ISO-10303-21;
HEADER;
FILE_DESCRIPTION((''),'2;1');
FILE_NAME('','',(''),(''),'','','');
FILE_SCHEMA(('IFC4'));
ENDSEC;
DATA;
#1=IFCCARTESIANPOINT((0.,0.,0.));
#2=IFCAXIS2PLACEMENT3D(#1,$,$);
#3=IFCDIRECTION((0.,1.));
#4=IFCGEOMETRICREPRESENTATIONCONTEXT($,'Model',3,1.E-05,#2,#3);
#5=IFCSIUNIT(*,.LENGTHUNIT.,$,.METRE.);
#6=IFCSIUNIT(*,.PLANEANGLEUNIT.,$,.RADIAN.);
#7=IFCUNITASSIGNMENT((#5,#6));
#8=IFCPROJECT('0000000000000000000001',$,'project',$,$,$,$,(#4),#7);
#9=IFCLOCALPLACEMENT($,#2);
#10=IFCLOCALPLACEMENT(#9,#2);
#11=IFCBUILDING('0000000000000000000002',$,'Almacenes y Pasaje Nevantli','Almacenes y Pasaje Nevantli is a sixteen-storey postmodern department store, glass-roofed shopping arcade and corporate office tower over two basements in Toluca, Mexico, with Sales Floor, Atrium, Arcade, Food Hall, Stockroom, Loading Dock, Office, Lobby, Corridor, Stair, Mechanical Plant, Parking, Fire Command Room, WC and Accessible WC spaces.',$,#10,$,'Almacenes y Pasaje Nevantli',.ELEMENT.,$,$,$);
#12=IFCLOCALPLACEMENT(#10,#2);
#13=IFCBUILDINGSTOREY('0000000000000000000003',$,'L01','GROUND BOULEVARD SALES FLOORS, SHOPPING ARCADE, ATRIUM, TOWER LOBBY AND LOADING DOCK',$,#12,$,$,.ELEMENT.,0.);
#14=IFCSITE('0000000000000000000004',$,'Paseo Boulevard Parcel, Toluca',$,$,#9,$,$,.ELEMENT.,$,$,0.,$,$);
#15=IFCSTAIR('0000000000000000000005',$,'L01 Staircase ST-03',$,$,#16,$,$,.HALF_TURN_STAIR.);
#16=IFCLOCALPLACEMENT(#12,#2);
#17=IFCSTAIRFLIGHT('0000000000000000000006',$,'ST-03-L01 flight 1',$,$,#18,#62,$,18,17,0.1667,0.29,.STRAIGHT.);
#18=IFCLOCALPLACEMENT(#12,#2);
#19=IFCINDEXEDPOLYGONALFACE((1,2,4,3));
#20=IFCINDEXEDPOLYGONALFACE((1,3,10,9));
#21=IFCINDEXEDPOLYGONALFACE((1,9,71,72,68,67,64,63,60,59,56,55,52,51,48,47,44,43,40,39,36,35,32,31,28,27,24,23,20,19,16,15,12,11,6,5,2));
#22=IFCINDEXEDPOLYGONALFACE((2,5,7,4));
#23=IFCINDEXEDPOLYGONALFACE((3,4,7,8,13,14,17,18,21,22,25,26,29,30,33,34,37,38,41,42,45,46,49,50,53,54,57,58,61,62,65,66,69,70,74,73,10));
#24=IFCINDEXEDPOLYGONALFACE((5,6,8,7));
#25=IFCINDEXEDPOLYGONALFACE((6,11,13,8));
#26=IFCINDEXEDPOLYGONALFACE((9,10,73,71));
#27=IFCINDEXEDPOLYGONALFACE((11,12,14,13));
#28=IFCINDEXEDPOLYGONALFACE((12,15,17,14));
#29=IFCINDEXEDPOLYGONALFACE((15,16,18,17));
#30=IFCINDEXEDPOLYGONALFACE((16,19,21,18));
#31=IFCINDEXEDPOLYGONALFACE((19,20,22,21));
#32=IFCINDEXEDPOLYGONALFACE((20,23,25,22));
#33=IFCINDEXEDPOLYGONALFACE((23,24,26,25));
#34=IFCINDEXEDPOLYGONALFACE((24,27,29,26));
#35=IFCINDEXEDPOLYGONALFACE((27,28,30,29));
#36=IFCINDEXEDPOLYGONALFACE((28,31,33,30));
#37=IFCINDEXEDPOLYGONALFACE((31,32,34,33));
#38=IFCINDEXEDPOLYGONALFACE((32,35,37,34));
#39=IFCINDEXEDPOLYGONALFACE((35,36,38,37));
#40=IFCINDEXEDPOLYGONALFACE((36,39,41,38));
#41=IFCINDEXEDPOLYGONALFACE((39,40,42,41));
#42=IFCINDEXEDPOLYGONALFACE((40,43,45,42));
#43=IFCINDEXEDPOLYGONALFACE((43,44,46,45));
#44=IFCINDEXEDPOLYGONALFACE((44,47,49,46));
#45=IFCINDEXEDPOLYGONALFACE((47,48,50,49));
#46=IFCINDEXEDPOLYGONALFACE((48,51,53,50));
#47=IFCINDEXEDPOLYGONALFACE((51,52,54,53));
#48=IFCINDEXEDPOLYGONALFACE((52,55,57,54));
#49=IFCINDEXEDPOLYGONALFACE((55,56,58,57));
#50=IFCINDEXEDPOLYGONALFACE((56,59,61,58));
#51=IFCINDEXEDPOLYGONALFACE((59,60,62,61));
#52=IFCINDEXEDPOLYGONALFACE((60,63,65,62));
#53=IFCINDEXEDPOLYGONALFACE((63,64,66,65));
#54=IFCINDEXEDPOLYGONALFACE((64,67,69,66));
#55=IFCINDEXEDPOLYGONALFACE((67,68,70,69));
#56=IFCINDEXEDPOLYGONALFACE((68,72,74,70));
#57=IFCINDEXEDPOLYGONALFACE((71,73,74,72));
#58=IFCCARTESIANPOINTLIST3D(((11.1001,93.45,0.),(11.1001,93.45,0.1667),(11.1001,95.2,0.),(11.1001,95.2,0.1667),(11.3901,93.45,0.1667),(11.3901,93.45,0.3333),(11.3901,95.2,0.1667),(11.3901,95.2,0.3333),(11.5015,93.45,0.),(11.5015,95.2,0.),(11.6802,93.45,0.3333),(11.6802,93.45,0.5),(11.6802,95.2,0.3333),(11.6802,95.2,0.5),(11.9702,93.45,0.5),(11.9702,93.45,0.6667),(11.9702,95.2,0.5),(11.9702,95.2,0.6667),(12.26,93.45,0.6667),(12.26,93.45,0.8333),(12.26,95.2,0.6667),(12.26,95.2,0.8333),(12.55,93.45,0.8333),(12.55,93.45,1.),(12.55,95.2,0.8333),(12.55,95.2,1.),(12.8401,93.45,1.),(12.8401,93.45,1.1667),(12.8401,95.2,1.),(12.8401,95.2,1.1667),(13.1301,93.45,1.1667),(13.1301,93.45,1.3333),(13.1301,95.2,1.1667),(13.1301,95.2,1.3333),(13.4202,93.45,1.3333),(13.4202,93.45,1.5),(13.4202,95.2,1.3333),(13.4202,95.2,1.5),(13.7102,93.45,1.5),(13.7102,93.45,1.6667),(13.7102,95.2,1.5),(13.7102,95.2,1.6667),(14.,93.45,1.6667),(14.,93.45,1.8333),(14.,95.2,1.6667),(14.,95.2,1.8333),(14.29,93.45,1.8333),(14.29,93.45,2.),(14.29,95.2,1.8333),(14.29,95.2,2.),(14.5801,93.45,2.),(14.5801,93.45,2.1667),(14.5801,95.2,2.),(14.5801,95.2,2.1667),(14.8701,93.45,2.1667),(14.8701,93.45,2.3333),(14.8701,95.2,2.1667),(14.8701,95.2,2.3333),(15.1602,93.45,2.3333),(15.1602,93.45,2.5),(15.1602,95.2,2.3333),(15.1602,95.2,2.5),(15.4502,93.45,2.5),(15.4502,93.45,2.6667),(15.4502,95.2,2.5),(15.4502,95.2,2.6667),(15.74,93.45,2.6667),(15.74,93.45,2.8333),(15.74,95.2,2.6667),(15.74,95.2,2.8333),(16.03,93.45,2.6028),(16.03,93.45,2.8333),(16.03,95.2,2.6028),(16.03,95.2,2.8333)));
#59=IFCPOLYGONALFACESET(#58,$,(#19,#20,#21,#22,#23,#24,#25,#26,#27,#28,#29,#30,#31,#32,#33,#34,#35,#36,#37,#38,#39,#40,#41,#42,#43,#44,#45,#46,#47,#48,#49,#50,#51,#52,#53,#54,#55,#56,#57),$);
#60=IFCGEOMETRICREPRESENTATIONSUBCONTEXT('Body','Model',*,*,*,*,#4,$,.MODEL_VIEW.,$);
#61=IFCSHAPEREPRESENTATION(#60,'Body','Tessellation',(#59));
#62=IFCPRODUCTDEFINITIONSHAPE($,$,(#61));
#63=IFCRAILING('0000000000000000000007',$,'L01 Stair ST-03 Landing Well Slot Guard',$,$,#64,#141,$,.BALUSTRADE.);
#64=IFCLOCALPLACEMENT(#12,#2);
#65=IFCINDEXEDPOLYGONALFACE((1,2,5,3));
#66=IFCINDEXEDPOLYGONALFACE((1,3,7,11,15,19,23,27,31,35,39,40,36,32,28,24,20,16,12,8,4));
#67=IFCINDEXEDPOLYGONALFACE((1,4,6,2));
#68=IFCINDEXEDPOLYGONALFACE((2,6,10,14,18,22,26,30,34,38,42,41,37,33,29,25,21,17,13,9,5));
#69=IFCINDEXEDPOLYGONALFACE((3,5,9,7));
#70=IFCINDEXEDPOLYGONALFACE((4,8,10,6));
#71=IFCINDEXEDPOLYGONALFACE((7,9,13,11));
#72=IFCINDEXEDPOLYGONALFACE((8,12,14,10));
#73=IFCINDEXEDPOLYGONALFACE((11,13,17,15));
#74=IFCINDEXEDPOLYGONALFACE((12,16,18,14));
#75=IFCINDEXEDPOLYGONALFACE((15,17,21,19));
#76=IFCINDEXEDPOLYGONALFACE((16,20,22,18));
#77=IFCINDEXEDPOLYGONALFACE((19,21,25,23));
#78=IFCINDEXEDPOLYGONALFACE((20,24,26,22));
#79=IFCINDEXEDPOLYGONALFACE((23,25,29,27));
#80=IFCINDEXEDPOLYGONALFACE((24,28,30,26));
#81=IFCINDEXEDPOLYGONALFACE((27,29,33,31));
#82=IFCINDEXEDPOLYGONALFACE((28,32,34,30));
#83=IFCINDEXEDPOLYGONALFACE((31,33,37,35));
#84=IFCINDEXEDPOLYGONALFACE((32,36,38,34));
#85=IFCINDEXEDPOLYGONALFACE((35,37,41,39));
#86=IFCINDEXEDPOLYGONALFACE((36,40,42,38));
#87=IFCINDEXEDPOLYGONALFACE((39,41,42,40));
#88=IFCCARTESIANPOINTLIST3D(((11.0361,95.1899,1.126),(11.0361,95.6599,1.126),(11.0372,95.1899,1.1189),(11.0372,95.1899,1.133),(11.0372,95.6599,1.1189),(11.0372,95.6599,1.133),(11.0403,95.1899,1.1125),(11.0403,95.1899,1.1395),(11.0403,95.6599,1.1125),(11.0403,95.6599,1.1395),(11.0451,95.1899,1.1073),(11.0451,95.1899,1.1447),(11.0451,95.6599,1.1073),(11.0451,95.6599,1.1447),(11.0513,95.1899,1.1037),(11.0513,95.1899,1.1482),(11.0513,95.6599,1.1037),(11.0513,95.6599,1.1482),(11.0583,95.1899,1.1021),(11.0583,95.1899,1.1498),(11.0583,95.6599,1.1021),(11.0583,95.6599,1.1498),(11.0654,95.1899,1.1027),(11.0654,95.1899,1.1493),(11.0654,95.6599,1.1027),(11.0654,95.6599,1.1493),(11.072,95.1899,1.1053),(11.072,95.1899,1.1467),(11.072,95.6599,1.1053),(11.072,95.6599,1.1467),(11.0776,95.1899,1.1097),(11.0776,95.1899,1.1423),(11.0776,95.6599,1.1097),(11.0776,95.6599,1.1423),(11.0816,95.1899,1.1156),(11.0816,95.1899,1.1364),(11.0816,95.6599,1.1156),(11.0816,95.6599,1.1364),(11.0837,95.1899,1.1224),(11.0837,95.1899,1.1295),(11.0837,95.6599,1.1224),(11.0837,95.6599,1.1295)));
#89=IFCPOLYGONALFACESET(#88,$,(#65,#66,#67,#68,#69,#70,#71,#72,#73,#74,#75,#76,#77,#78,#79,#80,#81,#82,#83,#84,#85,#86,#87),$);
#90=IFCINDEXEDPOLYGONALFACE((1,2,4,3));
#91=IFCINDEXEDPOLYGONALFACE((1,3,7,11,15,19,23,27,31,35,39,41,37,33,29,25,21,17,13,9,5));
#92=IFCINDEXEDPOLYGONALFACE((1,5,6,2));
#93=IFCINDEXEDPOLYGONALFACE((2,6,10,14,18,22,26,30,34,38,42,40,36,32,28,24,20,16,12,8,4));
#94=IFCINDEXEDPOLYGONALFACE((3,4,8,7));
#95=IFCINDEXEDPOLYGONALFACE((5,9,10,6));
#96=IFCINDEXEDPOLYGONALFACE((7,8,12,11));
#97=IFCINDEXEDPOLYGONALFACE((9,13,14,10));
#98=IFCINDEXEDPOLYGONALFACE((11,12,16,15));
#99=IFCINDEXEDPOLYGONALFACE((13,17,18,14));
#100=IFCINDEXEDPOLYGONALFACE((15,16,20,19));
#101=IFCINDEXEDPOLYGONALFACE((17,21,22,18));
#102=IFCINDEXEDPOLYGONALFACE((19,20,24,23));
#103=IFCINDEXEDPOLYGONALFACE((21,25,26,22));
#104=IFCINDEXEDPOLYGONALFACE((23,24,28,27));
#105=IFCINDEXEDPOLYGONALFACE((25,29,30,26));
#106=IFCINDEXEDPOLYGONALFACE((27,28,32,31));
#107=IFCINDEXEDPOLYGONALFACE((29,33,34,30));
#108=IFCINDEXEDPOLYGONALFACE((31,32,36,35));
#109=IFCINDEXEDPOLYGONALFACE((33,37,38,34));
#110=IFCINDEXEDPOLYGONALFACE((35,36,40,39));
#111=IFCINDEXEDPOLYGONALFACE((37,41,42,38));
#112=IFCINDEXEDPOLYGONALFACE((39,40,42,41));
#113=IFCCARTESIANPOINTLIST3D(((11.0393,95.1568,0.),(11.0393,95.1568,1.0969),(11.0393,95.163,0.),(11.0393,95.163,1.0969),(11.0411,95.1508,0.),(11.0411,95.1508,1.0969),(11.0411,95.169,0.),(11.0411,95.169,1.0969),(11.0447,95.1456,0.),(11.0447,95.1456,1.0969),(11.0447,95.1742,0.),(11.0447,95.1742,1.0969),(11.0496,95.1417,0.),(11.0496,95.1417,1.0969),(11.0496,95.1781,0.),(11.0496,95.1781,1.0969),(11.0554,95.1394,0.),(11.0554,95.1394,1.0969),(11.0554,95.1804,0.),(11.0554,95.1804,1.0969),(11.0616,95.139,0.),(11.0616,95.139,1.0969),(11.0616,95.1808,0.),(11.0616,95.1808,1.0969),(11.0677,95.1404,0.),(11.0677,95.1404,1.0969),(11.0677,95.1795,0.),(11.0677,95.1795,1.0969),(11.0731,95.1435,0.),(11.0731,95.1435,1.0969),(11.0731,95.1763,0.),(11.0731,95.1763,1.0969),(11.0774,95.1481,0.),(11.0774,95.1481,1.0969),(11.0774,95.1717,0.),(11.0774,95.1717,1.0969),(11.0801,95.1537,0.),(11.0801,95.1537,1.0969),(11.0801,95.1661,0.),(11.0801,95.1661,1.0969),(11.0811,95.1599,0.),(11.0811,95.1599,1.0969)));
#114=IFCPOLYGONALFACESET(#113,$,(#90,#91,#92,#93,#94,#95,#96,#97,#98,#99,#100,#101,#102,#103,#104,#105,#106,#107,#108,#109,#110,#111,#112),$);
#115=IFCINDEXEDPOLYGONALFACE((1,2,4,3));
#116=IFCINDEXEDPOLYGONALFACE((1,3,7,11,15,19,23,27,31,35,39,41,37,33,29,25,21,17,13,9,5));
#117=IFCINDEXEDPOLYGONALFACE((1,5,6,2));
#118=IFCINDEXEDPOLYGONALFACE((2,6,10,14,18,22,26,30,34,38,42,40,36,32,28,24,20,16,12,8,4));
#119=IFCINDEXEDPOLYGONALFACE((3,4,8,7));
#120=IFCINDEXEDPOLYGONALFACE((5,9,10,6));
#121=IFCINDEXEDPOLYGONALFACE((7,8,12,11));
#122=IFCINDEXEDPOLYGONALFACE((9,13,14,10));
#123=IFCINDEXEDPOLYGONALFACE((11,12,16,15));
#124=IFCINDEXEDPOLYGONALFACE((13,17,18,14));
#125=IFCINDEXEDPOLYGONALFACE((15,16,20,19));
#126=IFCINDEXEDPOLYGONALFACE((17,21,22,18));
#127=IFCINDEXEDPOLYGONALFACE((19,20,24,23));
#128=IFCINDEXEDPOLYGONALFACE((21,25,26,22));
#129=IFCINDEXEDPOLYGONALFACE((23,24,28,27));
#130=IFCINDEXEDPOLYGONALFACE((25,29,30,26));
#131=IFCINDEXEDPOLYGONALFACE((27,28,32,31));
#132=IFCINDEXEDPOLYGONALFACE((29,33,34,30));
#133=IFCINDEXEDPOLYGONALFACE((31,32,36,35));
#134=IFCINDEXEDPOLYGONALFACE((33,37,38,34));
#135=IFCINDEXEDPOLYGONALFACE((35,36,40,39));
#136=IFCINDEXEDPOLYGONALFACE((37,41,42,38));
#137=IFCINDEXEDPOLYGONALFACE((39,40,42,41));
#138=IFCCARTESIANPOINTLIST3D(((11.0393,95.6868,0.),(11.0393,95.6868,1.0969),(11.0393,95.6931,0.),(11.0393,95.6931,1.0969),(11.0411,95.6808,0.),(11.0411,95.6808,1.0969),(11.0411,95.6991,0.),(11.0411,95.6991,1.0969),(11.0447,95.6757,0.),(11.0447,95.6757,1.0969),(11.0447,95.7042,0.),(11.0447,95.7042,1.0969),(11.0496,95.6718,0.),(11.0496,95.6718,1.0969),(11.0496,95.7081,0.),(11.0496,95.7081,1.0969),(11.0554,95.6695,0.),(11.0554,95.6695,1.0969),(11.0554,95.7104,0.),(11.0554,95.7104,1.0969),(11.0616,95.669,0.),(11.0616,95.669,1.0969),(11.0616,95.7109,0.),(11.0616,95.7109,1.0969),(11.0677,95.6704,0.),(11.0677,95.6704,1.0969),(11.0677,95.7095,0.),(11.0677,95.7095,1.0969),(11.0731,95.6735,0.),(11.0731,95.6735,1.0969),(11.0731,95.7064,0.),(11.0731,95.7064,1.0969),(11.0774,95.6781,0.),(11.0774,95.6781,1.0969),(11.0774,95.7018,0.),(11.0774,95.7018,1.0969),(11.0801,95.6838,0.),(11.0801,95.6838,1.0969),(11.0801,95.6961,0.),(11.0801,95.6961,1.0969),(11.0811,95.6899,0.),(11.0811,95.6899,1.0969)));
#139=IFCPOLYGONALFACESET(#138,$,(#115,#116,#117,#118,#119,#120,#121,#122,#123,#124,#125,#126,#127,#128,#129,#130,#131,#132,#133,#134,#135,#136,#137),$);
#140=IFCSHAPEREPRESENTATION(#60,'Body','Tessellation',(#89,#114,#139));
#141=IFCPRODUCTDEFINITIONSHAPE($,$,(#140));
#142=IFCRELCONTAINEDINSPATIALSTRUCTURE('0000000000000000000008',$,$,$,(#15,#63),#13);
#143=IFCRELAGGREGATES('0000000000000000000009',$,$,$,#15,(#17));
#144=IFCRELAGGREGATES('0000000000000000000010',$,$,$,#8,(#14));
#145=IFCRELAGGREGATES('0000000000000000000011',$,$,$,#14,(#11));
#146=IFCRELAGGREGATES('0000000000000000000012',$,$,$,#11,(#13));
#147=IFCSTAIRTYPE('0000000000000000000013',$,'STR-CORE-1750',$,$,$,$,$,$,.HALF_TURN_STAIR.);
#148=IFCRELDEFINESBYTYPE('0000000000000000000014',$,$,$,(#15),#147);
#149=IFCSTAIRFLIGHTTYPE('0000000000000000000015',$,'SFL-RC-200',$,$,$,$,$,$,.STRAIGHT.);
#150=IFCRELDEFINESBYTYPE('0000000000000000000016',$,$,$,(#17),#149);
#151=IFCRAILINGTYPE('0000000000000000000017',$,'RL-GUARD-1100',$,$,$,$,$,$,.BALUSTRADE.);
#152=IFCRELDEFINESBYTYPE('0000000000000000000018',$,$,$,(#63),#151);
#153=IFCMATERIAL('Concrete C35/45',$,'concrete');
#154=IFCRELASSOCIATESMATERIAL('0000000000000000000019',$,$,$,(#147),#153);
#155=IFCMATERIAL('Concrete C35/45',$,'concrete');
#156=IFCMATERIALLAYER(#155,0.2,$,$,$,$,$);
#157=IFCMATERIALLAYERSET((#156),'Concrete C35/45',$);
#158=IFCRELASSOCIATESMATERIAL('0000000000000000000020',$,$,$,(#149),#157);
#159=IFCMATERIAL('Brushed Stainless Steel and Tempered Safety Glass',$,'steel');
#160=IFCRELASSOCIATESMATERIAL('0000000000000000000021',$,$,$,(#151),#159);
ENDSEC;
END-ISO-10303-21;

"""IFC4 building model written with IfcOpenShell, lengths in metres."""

from ifc_helpers import new_model, si_unit, direction, frame, origin, origin_2d, place, context, subcontext, project, spatial, polyline, circle, outline, extrude, material, layer, layer_set, type_object, element, aggregate, save


model = new_model("IFC4")

# Units and contexts
model_context = context("Model", 3, precision=1e-05, world=origin(), true_north=direction((0.0, 1.0)))
body_context = subcontext(model_context, "Body", "Model", "MODEL_VIEW")
ifc_project = project(units=[si_unit("LENGTHUNIT", "METRE"), si_unit("PLANEANGLEUNIT", "RADIAN")], contexts=[model_context])

# Site, building, storey
site_placement = place(None, origin())
site = spatial("IfcSite", under=ifc_project, at=site_placement, Name="Paseo Boulevard Parcel, Toluca", CompositionType="ELEMENT", RefElevation=0.0)
building_placement = place(site_placement, origin())
building = spatial("IfcBuilding", under=site, at=building_placement, Name="Almacenes y Pasaje Nevantli", Description="Almacenes y Pasaje Nevantli is a sixteen-storey postmodern department store, glass-roofed shopping arcade and corporate office tower over two basements in Toluca, Mexico, with Sales Floor, Atrium, Arcade, Food Hall, Stockroom, Loading Dock, Office, Lobby, Corridor, Stair, Mechanical Plant, Parking, Fire Command Room, WC and Accessible WC spaces.", LongName="Almacenes y Pasaje Nevantli", CompositionType="ELEMENT")
storey_placement = place(building_placement, origin())
storey = spatial("IfcBuildingStorey", under=building, at=storey_placement, Name="L01", Description="GROUND BOULEVARD SALES FLOORS, SHOPPING ARCADE, ATRIUM, TOWER LOBBY AND LOADING DOCK", CompositionType="ELEMENT", Elevation=0.0)

# Stair, stair flight
ifc_material_1 = material(Name="Concrete C35/45", Category="concrete")
stair_type = type_object("IfcStairType", Name="STR-CORE-1750", PredefinedType="HALF_TURN_STAIR", material=ifc_material_1)
stair_placement = place(storey_placement, origin())
stair = element("IfcStair", 1, at=stair_placement, inside=storey, type_object=stair_type, Name="L01 Staircase ST-03", PredefinedType="HALF_TURN_STAIR")
ifc_material_2 = material(Name="Concrete C35/45", Category="concrete")
ifc_layer_1 = layer(ifc_material_2, 0.2)
ifc_layer_set_1 = layer_set([ifc_layer_1], Name="Concrete C35/45")
stair_flight_type = type_object("IfcStairFlightType", Name="SFL-RC-200", PredefinedType="STRAIGHT", material=ifc_layer_set_1)
stair_flight_placement = place(storey_placement, frame((11.1001, 94.325, 0.0), z_axis=(0.0, 0.0, 1.0), x_axis=(1.0, 0.0, 0.0)))
stair_flight = element("IfcStairFlight", 2, at=stair_flight_placement, type_object=stair_flight_type, Name="ST-03-L01 flight 1", NumberOfRisers=18, NumberOfTreads=17, PredefinedType="STRAIGHT", RiserHeight=0.1667, TreadLength=0.29, context=body_context, shape_type="SweptSolid", body=[
    extrude(outline(polyline([(0.0, 0.0), (0.0, 0.1667), (0.29, 0.1667), (0.29, 0.3333), (0.5801, 0.3333), (0.5801, 0.5), (0.8701, 0.5), (0.8701, 0.6667), (1.1599, 0.6667), (1.1599, 0.8333), (1.45, 0.8333), (1.45, 1.0), (1.74, 1.0), (1.74, 1.1667), (2.03, 1.1667), (2.03, 1.3333), (2.3201, 1.3333), (2.3201, 1.5), (2.6101, 1.5), (2.6101, 1.6667), (2.8999, 1.6667), (2.8999, 1.8333), (3.1899, 1.8333), (3.1899, 2.0), (3.48, 2.0), (3.48, 2.1667), (3.77, 2.1667), (3.77, 2.3333), (4.0601, 2.3333), (4.0601, 2.5), (4.3501, 2.5), (4.3501, 2.6667), (4.6399, 2.6667), (4.6399, 2.8333), (4.9299, 2.8333), (4.9299, 3.0), (4.9299, 2.6028), (0.4014, 0.0), (0.0, 0.0)])), frame((0.0, 0.875, 0.0), z_axis=(0.0, -1.0, 0.0), x_axis=(1.0, 0.0, 0.0)), (0.0, 0.0, 1.0), 1.75),
])
aggregate(stair, [stair_flight])

# Railing
ifc_material_3 = material(Name="Brushed Stainless Steel and Tempered Safety Glass", Category="steel")
railing_type_1 = type_object("IfcRailingType", Name="RL-GUARD-1100", PredefinedType="BALUSTRADE", material=ifc_material_3)
railing_1_placement = place(storey_placement, frame((11.0601, 95.1599, 0.0)))
element("IfcRailing", 3, at=railing_1_placement, inside=storey, type_object=railing_type_1, Name="L01 Stair ST-03 Landing Well Slot Guard", PredefinedType="BALUSTRADE", context=body_context, shape_type="SweptSolid", body=[
    extrude(circle(Radius=0.0239, at=origin_2d()), frame((0.0, 0.03, 1.126), z_axis=(0.0, 1.0, 0.0), x_axis=(-1.0, 0.0, 0.0)), (0.0, 0.0, 1.0), 0.47),
    extrude(circle(Radius=0.021, at=origin_2d()), origin(), (0.0, 0.0, 1.0), 1.0969),
    extrude(circle(Radius=0.021, at=origin_2d()), frame((0.0, 0.53, 0.0)), (0.0, 0.0, 1.0), 1.0969),
])

save(model, "model.ifc")
